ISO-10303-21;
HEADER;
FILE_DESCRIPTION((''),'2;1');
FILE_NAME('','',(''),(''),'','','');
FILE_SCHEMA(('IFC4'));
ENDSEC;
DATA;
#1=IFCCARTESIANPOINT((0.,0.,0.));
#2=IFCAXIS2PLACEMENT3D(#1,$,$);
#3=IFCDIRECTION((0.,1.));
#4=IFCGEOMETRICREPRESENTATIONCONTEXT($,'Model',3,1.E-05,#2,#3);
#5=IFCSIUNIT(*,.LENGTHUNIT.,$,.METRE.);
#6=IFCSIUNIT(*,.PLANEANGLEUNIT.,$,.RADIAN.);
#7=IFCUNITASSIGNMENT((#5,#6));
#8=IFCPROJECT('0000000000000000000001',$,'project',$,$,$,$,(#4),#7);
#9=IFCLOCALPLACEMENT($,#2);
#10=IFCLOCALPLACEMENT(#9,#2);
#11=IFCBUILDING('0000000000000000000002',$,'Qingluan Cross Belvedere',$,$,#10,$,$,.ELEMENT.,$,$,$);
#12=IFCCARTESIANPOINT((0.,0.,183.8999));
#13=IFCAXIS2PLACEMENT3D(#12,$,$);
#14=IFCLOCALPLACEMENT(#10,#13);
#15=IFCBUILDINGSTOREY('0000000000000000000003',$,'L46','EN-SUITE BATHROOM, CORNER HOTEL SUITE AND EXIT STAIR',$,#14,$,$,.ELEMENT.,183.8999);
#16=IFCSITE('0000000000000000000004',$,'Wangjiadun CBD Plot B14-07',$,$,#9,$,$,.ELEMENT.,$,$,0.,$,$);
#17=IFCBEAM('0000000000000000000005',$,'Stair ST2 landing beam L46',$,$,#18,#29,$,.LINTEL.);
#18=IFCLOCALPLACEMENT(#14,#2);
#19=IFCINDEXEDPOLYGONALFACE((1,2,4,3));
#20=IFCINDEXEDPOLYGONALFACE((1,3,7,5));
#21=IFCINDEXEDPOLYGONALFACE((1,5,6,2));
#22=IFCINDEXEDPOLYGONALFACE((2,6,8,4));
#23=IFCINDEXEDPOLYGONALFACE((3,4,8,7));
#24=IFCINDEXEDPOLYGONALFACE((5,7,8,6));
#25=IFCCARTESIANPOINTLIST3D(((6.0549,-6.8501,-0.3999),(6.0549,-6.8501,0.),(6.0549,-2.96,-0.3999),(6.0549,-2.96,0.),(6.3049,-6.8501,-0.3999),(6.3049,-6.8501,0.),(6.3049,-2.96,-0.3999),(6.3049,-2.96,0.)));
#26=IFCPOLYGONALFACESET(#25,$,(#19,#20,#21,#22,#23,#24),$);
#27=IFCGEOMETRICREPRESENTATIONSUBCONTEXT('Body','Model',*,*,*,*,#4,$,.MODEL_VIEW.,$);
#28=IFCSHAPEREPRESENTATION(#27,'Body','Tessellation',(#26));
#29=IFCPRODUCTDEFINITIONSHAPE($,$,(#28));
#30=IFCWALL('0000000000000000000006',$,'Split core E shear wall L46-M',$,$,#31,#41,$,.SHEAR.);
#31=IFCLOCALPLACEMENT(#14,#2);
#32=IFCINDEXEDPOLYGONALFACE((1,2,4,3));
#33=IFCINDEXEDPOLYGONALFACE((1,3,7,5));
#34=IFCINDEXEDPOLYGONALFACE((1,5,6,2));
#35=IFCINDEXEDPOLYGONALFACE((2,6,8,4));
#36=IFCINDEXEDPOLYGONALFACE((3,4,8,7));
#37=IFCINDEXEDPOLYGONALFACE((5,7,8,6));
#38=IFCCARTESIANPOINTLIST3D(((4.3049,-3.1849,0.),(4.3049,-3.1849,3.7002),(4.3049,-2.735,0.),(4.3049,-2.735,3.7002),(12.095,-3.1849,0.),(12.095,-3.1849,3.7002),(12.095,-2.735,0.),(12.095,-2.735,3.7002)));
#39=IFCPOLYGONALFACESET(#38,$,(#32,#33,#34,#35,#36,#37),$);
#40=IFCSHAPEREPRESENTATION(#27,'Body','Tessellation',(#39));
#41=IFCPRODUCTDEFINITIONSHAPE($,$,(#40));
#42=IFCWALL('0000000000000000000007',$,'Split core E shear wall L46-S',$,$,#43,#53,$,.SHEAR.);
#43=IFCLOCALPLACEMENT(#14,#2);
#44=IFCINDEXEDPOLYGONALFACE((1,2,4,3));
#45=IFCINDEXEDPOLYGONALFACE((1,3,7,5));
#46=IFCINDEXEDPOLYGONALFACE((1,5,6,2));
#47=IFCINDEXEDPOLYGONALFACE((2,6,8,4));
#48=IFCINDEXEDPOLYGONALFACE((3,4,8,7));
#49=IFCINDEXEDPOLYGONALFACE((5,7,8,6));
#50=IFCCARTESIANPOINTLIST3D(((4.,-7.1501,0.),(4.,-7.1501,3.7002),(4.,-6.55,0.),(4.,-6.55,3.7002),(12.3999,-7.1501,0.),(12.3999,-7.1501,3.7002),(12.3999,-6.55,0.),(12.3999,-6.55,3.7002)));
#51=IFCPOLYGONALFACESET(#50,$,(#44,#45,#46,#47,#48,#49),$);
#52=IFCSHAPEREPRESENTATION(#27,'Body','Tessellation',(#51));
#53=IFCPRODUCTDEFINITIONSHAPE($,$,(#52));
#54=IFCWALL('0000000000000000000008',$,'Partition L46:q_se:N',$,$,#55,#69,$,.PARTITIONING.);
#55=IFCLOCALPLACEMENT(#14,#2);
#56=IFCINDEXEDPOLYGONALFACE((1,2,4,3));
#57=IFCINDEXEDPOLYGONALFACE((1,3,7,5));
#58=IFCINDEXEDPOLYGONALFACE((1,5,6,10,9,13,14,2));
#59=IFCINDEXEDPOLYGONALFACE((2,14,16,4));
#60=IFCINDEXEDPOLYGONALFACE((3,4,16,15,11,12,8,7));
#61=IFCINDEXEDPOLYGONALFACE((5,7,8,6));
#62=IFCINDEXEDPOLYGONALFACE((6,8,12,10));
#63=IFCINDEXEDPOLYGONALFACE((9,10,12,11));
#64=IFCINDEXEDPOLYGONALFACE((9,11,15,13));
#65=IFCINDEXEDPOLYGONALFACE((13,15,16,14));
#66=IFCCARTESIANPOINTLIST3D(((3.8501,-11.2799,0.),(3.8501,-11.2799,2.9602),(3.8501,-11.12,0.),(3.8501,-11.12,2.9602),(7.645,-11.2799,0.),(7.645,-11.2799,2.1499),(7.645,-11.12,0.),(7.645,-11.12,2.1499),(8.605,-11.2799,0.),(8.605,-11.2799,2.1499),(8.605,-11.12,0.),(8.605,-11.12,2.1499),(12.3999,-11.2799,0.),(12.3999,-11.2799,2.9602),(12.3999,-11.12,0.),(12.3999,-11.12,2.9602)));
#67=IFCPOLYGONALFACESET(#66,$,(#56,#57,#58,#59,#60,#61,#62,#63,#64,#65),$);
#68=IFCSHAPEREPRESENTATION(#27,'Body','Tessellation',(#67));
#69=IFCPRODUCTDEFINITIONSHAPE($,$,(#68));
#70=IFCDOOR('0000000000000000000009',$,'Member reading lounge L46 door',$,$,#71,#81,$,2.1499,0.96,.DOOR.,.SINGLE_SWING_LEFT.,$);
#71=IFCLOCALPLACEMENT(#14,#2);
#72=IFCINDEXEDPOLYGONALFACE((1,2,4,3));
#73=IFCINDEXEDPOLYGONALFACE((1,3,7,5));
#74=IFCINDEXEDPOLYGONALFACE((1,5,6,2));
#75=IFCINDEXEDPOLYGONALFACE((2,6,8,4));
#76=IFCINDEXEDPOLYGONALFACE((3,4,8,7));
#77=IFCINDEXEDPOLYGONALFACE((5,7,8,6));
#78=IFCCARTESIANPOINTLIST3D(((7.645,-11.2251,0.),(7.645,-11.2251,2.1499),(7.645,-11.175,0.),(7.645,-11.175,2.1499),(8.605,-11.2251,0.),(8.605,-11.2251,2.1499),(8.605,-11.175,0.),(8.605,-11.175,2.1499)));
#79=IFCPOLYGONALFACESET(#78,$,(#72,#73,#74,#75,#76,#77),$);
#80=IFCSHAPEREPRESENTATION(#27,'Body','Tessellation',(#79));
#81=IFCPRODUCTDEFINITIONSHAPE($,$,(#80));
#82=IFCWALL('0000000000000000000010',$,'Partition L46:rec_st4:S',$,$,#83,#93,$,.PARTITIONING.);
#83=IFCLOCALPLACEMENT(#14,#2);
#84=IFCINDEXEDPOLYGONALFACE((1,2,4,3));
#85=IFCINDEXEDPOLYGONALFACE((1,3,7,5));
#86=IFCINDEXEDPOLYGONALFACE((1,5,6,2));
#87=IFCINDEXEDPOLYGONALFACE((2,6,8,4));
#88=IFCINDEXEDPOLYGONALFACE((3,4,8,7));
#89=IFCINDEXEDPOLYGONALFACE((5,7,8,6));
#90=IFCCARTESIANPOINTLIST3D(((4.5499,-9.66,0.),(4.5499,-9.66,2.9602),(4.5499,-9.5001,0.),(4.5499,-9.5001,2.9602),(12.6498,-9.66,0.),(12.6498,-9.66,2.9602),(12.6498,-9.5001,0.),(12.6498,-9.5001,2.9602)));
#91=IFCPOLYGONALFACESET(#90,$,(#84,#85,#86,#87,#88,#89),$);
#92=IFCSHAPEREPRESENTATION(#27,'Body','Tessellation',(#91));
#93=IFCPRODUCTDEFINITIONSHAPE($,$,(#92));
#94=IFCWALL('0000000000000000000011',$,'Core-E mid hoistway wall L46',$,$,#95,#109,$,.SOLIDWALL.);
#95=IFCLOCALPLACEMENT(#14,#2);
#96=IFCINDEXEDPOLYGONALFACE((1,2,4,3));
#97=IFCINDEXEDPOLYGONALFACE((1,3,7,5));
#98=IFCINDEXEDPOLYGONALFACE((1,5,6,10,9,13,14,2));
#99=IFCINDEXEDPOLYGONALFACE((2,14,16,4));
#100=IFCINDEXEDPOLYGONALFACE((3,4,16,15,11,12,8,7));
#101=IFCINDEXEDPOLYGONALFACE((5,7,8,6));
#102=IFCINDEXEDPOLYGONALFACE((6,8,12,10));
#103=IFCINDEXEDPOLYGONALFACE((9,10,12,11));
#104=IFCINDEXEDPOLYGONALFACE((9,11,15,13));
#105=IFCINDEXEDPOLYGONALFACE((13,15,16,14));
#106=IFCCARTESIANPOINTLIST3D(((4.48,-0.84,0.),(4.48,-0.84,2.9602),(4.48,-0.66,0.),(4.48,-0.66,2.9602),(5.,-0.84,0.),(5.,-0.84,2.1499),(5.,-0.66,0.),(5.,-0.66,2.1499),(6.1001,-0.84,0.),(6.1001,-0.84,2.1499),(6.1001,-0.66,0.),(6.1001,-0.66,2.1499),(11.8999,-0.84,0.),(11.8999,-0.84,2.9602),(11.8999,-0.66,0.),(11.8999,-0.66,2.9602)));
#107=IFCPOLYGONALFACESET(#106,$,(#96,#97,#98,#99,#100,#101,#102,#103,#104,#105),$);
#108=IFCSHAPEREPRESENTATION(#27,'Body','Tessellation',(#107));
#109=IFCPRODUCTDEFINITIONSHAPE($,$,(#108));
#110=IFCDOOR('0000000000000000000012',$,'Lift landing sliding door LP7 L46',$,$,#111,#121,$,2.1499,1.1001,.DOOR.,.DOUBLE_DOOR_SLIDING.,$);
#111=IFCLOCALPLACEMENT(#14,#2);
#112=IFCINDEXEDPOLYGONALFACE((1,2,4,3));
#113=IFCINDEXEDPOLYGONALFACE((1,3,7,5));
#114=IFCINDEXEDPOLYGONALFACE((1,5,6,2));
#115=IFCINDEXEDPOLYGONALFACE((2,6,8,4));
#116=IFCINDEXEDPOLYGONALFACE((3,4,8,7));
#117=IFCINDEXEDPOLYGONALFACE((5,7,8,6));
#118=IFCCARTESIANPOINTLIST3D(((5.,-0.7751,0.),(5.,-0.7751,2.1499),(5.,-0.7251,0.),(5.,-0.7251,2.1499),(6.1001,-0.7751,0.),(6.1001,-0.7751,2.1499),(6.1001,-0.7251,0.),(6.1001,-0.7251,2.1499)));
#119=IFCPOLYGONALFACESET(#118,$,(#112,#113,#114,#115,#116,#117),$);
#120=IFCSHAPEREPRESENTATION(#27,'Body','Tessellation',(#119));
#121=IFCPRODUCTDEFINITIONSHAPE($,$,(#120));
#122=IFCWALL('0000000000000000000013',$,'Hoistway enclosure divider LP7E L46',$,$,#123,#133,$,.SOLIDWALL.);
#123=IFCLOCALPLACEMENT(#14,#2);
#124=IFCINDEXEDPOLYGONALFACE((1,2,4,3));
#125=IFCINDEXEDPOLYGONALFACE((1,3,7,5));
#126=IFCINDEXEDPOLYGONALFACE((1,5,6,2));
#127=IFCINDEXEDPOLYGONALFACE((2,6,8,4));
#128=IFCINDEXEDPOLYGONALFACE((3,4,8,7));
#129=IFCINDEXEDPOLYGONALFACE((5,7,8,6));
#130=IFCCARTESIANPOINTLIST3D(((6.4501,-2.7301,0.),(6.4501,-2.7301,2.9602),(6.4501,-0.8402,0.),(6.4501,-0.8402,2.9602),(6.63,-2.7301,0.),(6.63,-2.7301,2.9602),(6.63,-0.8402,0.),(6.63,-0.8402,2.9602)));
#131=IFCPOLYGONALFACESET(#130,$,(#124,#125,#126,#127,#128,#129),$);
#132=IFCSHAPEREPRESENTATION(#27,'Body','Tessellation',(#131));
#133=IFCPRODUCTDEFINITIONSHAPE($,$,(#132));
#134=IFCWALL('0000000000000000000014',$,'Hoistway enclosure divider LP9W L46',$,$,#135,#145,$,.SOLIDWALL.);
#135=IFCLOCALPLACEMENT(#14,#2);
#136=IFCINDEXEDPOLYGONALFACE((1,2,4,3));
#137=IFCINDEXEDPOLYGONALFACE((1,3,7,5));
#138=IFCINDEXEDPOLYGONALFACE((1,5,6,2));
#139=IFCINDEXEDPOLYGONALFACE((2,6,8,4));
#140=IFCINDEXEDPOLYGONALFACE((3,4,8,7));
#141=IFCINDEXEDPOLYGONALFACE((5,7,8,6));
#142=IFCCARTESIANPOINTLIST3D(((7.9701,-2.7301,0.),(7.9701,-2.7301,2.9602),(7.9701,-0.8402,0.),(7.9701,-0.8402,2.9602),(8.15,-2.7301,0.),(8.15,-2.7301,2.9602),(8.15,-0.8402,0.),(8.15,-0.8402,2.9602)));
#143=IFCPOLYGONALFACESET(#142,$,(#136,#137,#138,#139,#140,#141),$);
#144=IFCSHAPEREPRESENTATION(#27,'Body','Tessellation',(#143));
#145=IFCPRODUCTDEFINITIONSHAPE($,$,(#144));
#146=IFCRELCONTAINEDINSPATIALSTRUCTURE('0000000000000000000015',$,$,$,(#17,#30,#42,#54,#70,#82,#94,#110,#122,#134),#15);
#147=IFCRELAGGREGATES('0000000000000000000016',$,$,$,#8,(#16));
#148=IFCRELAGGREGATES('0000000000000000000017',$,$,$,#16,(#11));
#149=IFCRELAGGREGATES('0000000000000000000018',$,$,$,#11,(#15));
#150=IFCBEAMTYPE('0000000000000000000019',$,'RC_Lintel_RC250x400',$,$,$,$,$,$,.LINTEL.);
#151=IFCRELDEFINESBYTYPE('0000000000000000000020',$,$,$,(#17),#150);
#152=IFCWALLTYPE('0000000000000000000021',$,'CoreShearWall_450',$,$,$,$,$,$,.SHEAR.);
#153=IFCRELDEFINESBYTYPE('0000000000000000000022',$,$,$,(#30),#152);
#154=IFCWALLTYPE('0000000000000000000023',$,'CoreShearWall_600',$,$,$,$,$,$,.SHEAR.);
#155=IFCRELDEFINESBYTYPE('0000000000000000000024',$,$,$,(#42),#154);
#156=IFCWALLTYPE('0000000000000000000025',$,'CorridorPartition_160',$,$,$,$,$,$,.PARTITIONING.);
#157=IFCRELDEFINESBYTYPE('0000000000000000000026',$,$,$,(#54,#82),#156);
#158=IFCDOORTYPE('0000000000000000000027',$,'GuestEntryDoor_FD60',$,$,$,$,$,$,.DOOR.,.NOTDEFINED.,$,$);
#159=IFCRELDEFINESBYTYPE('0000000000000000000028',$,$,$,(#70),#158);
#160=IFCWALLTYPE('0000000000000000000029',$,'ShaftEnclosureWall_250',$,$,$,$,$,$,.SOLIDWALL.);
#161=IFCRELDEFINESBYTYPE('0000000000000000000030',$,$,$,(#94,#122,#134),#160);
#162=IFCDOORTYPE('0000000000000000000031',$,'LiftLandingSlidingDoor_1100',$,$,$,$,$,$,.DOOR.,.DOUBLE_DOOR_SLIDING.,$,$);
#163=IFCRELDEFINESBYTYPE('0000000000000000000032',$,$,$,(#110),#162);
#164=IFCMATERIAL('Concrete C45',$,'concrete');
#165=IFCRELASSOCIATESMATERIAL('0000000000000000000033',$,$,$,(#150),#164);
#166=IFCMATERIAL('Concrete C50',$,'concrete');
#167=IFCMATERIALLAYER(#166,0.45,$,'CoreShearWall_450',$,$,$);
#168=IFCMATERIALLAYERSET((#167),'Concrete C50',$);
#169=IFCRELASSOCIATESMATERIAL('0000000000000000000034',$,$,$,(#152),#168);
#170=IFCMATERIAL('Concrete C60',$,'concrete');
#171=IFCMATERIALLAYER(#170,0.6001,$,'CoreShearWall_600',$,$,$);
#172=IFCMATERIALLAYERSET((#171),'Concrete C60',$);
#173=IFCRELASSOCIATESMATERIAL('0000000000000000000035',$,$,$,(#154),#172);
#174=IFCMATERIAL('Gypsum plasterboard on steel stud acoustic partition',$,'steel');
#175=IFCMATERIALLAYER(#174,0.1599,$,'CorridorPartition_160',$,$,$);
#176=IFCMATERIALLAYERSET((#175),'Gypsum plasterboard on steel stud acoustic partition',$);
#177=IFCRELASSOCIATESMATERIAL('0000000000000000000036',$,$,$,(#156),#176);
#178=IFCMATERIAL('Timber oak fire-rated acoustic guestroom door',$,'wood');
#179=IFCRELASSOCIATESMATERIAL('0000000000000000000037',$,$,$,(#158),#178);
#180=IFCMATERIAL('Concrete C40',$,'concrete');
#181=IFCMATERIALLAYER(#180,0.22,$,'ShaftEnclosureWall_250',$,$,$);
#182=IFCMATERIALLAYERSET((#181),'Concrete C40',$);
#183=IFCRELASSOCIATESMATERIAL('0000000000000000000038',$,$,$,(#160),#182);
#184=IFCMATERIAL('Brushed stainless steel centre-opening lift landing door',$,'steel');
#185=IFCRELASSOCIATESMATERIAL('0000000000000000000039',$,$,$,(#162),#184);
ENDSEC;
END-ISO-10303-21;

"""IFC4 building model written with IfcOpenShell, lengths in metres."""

from ifc_helpers import new_model, si_unit, direction, frame, frame_2d, origin, origin_2d, place, context, subcontext, project, spatial, rectangle, extrude, material, layer, layer_set, material_profile, profile_set, type_object, element, fill, save


model = new_model("IFC4")

# Units and contexts
model_context = context("Model", 3, precision=1e-05, world=origin(), true_north=direction((0.0, 1.0)))
body_context = subcontext(model_context, "Body", "Model", "MODEL_VIEW")
ifc_project = project(units=[si_unit("LENGTHUNIT", "METRE"), si_unit("PLANEANGLEUNIT", "RADIAN")], contexts=[model_context])

# Site, building, storey
site_placement = place(None, origin())
site = spatial("IfcSite", under=ifc_project, at=site_placement, Name="Wangjiadun CBD Plot B14-07", CompositionType="ELEMENT", RefElevation=0.0)
building_placement = place(site_placement, origin())
building = spatial("IfcBuilding", under=site, at=building_placement, Name="Qingluan Cross Belvedere", CompositionType="ELEMENT")
storey_placement = place(building_placement, frame((0.0, 0.0, 183.8999)))
storey = spatial("IfcBuildingStorey", under=building, at=storey_placement, Name="L46", Description="EN-SUITE BATHROOM, CORNER HOTEL SUITE AND EXIT STAIR", CompositionType="ELEMENT", Elevation=183.8999)

# Beam
ifc_material_1 = material(Name="Concrete C45", Category="concrete")
ifc_material_profile = material_profile(ifc_material_1, rectangle(XDim=0.25, YDim=0.3999, at=origin_2d()), Name="RC250x400")
ifc_profile_set = profile_set([ifc_material_profile], Name="Concrete C45")
beam_type = type_object("IfcBeamType", Name="RC_Lintel_RC250x400", PredefinedType="LINTEL", material=ifc_profile_set)
beam_placement = place(storey_placement, frame((6.1799, -6.8501, -0.2), z_axis=(0.0, 1.0, 0.0), x_axis=(-1.0, 0.0, 0.0)))
element("IfcBeam", 1, at=beam_placement, inside=storey, type_object=beam_type, Name="Stair ST2 landing beam L46", PredefinedType="LINTEL", context=body_context, shape_type="SweptSolid", body=[
    extrude(rectangle(XDim=0.25, YDim=0.3999, at=origin_2d()), origin(), (0.0, 0.0, 1.0), 3.8901),
])

# Walls
ifc_material_2 = material(Name="Concrete C50", Category="concrete")
ifc_layer_1 = layer(ifc_material_2, 0.45, Name="CoreShearWall_450")
ifc_layer_set_1 = layer_set([ifc_layer_1], Name="Concrete C50")
wall_type_1 = type_object("IfcWallType", Name="CoreShearWall_450", PredefinedType="SHEAR", material=ifc_layer_set_1)
wall_1_placement = place(storey_placement, frame((4.3049, -2.96, 0.0), z_axis=(0.0, 0.0, 1.0), x_axis=(1.0, 0.0, 0.0)))
element("IfcWall", 2, at=wall_1_placement, inside=storey, type_object=wall_type_1, Name="Split core E shear wall L46-M", PredefinedType="SHEAR", context=body_context, shape_type="SweptSolid", body=[
    extrude(rectangle(XDim=7.79, YDim=0.45, at=frame_2d((3.895, 0.0))), origin(), (0.0, 0.0, 1.0), 3.7002),
])
ifc_material_3 = material(Name="Concrete C60", Category="concrete")
ifc_layer_2 = layer(ifc_material_3, 0.6001, Name="CoreShearWall_600")
ifc_layer_set_2 = layer_set([ifc_layer_2], Name="Concrete C60")
wall_type_2 = type_object("IfcWallType", Name="CoreShearWall_600", PredefinedType="SHEAR", material=ifc_layer_set_2)
wall_2_placement = place(storey_placement, frame((4.0, -6.8501, 0.0), z_axis=(0.0, 0.0, 1.0), x_axis=(1.0, 0.0, 0.0)))
element("IfcWall", 3, at=wall_2_placement, inside=storey, type_object=wall_type_2, Name="Split core E shear wall L46-S", PredefinedType="SHEAR", context=body_context, shape_type="SweptSolid", body=[
    extrude(rectangle(XDim=8.3999, YDim=0.6001, at=frame_2d((4.2, 0.0))), origin(), (0.0, 0.0, 1.0), 3.7002),
])

# Wall, opening, door
ifc_material_4 = material(Name="Gypsum plasterboard on steel stud acoustic partition", Category="steel")
ifc_layer_3 = layer(ifc_material_4, 0.1599, Name="CorridorPartition_160")
ifc_layer_set_3 = layer_set([ifc_layer_3], Name="Gypsum plasterboard on steel stud acoustic partition")
wall_type_3 = type_object("IfcWallType", Name="CorridorPartition_160", PredefinedType="PARTITIONING", material=ifc_layer_set_3)
wall_3_placement = place(storey_placement, frame((3.8501, -11.2, 0.0), z_axis=(0.0, 0.0, 1.0), x_axis=(1.0, 0.0, 0.0)))
wall_3 = element("IfcWall", 4, at=wall_3_placement, inside=storey, type_object=wall_type_3, Name="Partition L46:q_se:N", PredefinedType="PARTITIONING", context=body_context, shape_type="SweptSolid", body=[
    extrude(rectangle(XDim=8.5498, YDim=0.1599, at=frame_2d((4.2749, 0.0))), origin(), (0.0, 0.0, 1.0), 2.9602),
])
opening_1_placement = place(wall_3_placement, frame((3.7949, 0.0, 0.0)))
opening_1 = element("IfcOpeningElement", 5, at=opening_1_placement, cuts=wall_3, PredefinedType="OPENING", context=body_context, shape_type="SweptSolid", body=[
    extrude(rectangle(XDim=0.96, YDim=2.1499, at=frame_2d((0.48, 1.075))), frame((0.0, 0.0898, 0.0), z_axis=(0.0, -1.0, 0.0), x_axis=(1.0, 0.0, 0.0)), (0.0, 0.0, 1.0), 0.1799),
])
ifc_material_5 = material(Name="Timber oak fire-rated acoustic guestroom door", Category="wood")
door_type_1 = type_object("IfcDoorType", Name="GuestEntryDoor_FD60", OperationType="NOTDEFINED", PredefinedType="DOOR", material=ifc_material_5)
door_1_placement = place(opening_1_placement, origin())
door_1 = element("IfcDoor", 6, at=door_1_placement, inside=storey, type_object=door_type_1, Name="Member reading lounge L46 door", OperationType="SINGLE_SWING_LEFT", OverallHeight=2.1499, OverallWidth=0.96, PredefinedType="DOOR", context=body_context, shape_type="SweptSolid", body=[
    extrude(rectangle(XDim=0.96, YDim=2.1499, at=frame_2d((0.48, 1.075))), frame((0.0, 0.0249, 0.0), z_axis=(0.0, -1.0, 0.0), x_axis=(1.0, 0.0, 0.0)), (0.0, 0.0, 1.0), 0.05),
])
fill(opening_1, door_1)

# Wall
wall_4_placement = place(storey_placement, frame((4.55, -9.5801, 0.0), z_axis=(0.0, 0.0, 1.0), x_axis=(1.0, 0.0, 0.0)))
element("IfcWall", 7, at=wall_4_placement, inside=storey, type_object=wall_type_3, Name="Partition L46:rec_st4:S", PredefinedType="PARTITIONING", context=body_context, shape_type="SweptSolid", body=[
    extrude(rectangle(XDim=8.0999, YDim=0.1599, at=frame_2d((4.0498, 0.0))), origin(), (0.0, 0.0, 1.0), 2.9602),
])

# Wall, opening, door
ifc_material_6 = material(Name="Concrete C40", Category="concrete")
ifc_layer_4 = layer(ifc_material_6, 0.22, Name="ShaftEnclosureWall_250")
ifc_layer_set_4 = layer_set([ifc_layer_4], Name="Concrete C40")
wall_type_4 = type_object("IfcWallType", Name="ShaftEnclosureWall_250", PredefinedType="SOLIDWALL", material=ifc_layer_set_4)
wall_5_placement = place(storey_placement, frame((4.48, -0.75, 0.0), z_axis=(0.0, 0.0, 1.0), x_axis=(1.0, 0.0, 0.0)))
wall_5 = element("IfcWall", 8, at=wall_5_placement, inside=storey, type_object=wall_type_4, Name="Core-E mid hoistway wall L46", PredefinedType="SOLIDWALL", context=body_context, shape_type="SweptSolid", body=[
    extrude(rectangle(XDim=7.4199, YDim=0.1799, at=frame_2d((3.71, 0.0))), origin(), (0.0, 0.0, 1.0), 2.9602),
])
opening_2_placement = place(wall_5_placement, frame((0.52, 0.0, 0.0)))
opening_2 = element("IfcOpeningElement", 9, at=opening_2_placement, cuts=wall_5, PredefinedType="OPENING", context=body_context, shape_type="SweptSolid", body=[
    extrude(rectangle(XDim=1.1001, YDim=2.1499, at=frame_2d((0.55, 1.075))), frame((0.0, 0.0999, 0.0), z_axis=(0.0, -1.0, 0.0), x_axis=(1.0, 0.0, 0.0)), (0.0, 0.0, 1.0), 0.2),
])
ifc_material_7 = material(Name="Brushed stainless steel centre-opening lift landing door", Category="steel")
door_type_2 = type_object("IfcDoorType", Name="LiftLandingSlidingDoor_1100", OperationType="DOUBLE_DOOR_SLIDING", PredefinedType="DOOR", material=ifc_material_7)
door_2_placement = place(opening_2_placement, origin())
door_2 = element("IfcDoor", 10, at=door_2_placement, inside=storey, type_object=door_type_2, Name="Lift landing sliding door LP7 L46", OperationType="DOUBLE_DOOR_SLIDING", OverallHeight=2.1499, OverallWidth=1.1001, PredefinedType="DOOR", context=body_context, shape_type="SweptSolid", body=[
    extrude(rectangle(XDim=1.1001, YDim=2.1499, at=frame_2d((0.55, 1.075))), frame((0.0, 0.0249, 0.0), z_axis=(0.0, -1.0, 0.0), x_axis=(1.0, 0.0, 0.0)), (0.0, 0.0, 1.0), 0.05),
])
fill(opening_2, door_2)

# Walls
for number, where, z_axis, x_axis, name in (
    (11, (6.54, -2.73, 0.0), (0.0, 0.0, 1.0), (0.0, 1.0, 0.0), "Hoistway enclosure divider LP7E L46"),
    (12, (8.0601, -2.73, 0.0), (0.0, 0.0, 1.0), (0.0, 1.0, 0.0), "Hoistway enclosure divider LP9W L46"),
):
    element("IfcWall", number, at=place(storey_placement, frame(where, z_axis=z_axis, x_axis=x_axis)), inside=storey, type_object=wall_type_4, Name=name, PredefinedType="SOLIDWALL", context=body_context, shape_type="SweptSolid", body=[
        extrude(rectangle(XDim=1.8899, YDim=0.1799, at=frame_2d((0.9448, 0.0))), origin(), (0.0, 0.0, 1.0), 2.9602),
    ])

save(model, "model.ifc")
